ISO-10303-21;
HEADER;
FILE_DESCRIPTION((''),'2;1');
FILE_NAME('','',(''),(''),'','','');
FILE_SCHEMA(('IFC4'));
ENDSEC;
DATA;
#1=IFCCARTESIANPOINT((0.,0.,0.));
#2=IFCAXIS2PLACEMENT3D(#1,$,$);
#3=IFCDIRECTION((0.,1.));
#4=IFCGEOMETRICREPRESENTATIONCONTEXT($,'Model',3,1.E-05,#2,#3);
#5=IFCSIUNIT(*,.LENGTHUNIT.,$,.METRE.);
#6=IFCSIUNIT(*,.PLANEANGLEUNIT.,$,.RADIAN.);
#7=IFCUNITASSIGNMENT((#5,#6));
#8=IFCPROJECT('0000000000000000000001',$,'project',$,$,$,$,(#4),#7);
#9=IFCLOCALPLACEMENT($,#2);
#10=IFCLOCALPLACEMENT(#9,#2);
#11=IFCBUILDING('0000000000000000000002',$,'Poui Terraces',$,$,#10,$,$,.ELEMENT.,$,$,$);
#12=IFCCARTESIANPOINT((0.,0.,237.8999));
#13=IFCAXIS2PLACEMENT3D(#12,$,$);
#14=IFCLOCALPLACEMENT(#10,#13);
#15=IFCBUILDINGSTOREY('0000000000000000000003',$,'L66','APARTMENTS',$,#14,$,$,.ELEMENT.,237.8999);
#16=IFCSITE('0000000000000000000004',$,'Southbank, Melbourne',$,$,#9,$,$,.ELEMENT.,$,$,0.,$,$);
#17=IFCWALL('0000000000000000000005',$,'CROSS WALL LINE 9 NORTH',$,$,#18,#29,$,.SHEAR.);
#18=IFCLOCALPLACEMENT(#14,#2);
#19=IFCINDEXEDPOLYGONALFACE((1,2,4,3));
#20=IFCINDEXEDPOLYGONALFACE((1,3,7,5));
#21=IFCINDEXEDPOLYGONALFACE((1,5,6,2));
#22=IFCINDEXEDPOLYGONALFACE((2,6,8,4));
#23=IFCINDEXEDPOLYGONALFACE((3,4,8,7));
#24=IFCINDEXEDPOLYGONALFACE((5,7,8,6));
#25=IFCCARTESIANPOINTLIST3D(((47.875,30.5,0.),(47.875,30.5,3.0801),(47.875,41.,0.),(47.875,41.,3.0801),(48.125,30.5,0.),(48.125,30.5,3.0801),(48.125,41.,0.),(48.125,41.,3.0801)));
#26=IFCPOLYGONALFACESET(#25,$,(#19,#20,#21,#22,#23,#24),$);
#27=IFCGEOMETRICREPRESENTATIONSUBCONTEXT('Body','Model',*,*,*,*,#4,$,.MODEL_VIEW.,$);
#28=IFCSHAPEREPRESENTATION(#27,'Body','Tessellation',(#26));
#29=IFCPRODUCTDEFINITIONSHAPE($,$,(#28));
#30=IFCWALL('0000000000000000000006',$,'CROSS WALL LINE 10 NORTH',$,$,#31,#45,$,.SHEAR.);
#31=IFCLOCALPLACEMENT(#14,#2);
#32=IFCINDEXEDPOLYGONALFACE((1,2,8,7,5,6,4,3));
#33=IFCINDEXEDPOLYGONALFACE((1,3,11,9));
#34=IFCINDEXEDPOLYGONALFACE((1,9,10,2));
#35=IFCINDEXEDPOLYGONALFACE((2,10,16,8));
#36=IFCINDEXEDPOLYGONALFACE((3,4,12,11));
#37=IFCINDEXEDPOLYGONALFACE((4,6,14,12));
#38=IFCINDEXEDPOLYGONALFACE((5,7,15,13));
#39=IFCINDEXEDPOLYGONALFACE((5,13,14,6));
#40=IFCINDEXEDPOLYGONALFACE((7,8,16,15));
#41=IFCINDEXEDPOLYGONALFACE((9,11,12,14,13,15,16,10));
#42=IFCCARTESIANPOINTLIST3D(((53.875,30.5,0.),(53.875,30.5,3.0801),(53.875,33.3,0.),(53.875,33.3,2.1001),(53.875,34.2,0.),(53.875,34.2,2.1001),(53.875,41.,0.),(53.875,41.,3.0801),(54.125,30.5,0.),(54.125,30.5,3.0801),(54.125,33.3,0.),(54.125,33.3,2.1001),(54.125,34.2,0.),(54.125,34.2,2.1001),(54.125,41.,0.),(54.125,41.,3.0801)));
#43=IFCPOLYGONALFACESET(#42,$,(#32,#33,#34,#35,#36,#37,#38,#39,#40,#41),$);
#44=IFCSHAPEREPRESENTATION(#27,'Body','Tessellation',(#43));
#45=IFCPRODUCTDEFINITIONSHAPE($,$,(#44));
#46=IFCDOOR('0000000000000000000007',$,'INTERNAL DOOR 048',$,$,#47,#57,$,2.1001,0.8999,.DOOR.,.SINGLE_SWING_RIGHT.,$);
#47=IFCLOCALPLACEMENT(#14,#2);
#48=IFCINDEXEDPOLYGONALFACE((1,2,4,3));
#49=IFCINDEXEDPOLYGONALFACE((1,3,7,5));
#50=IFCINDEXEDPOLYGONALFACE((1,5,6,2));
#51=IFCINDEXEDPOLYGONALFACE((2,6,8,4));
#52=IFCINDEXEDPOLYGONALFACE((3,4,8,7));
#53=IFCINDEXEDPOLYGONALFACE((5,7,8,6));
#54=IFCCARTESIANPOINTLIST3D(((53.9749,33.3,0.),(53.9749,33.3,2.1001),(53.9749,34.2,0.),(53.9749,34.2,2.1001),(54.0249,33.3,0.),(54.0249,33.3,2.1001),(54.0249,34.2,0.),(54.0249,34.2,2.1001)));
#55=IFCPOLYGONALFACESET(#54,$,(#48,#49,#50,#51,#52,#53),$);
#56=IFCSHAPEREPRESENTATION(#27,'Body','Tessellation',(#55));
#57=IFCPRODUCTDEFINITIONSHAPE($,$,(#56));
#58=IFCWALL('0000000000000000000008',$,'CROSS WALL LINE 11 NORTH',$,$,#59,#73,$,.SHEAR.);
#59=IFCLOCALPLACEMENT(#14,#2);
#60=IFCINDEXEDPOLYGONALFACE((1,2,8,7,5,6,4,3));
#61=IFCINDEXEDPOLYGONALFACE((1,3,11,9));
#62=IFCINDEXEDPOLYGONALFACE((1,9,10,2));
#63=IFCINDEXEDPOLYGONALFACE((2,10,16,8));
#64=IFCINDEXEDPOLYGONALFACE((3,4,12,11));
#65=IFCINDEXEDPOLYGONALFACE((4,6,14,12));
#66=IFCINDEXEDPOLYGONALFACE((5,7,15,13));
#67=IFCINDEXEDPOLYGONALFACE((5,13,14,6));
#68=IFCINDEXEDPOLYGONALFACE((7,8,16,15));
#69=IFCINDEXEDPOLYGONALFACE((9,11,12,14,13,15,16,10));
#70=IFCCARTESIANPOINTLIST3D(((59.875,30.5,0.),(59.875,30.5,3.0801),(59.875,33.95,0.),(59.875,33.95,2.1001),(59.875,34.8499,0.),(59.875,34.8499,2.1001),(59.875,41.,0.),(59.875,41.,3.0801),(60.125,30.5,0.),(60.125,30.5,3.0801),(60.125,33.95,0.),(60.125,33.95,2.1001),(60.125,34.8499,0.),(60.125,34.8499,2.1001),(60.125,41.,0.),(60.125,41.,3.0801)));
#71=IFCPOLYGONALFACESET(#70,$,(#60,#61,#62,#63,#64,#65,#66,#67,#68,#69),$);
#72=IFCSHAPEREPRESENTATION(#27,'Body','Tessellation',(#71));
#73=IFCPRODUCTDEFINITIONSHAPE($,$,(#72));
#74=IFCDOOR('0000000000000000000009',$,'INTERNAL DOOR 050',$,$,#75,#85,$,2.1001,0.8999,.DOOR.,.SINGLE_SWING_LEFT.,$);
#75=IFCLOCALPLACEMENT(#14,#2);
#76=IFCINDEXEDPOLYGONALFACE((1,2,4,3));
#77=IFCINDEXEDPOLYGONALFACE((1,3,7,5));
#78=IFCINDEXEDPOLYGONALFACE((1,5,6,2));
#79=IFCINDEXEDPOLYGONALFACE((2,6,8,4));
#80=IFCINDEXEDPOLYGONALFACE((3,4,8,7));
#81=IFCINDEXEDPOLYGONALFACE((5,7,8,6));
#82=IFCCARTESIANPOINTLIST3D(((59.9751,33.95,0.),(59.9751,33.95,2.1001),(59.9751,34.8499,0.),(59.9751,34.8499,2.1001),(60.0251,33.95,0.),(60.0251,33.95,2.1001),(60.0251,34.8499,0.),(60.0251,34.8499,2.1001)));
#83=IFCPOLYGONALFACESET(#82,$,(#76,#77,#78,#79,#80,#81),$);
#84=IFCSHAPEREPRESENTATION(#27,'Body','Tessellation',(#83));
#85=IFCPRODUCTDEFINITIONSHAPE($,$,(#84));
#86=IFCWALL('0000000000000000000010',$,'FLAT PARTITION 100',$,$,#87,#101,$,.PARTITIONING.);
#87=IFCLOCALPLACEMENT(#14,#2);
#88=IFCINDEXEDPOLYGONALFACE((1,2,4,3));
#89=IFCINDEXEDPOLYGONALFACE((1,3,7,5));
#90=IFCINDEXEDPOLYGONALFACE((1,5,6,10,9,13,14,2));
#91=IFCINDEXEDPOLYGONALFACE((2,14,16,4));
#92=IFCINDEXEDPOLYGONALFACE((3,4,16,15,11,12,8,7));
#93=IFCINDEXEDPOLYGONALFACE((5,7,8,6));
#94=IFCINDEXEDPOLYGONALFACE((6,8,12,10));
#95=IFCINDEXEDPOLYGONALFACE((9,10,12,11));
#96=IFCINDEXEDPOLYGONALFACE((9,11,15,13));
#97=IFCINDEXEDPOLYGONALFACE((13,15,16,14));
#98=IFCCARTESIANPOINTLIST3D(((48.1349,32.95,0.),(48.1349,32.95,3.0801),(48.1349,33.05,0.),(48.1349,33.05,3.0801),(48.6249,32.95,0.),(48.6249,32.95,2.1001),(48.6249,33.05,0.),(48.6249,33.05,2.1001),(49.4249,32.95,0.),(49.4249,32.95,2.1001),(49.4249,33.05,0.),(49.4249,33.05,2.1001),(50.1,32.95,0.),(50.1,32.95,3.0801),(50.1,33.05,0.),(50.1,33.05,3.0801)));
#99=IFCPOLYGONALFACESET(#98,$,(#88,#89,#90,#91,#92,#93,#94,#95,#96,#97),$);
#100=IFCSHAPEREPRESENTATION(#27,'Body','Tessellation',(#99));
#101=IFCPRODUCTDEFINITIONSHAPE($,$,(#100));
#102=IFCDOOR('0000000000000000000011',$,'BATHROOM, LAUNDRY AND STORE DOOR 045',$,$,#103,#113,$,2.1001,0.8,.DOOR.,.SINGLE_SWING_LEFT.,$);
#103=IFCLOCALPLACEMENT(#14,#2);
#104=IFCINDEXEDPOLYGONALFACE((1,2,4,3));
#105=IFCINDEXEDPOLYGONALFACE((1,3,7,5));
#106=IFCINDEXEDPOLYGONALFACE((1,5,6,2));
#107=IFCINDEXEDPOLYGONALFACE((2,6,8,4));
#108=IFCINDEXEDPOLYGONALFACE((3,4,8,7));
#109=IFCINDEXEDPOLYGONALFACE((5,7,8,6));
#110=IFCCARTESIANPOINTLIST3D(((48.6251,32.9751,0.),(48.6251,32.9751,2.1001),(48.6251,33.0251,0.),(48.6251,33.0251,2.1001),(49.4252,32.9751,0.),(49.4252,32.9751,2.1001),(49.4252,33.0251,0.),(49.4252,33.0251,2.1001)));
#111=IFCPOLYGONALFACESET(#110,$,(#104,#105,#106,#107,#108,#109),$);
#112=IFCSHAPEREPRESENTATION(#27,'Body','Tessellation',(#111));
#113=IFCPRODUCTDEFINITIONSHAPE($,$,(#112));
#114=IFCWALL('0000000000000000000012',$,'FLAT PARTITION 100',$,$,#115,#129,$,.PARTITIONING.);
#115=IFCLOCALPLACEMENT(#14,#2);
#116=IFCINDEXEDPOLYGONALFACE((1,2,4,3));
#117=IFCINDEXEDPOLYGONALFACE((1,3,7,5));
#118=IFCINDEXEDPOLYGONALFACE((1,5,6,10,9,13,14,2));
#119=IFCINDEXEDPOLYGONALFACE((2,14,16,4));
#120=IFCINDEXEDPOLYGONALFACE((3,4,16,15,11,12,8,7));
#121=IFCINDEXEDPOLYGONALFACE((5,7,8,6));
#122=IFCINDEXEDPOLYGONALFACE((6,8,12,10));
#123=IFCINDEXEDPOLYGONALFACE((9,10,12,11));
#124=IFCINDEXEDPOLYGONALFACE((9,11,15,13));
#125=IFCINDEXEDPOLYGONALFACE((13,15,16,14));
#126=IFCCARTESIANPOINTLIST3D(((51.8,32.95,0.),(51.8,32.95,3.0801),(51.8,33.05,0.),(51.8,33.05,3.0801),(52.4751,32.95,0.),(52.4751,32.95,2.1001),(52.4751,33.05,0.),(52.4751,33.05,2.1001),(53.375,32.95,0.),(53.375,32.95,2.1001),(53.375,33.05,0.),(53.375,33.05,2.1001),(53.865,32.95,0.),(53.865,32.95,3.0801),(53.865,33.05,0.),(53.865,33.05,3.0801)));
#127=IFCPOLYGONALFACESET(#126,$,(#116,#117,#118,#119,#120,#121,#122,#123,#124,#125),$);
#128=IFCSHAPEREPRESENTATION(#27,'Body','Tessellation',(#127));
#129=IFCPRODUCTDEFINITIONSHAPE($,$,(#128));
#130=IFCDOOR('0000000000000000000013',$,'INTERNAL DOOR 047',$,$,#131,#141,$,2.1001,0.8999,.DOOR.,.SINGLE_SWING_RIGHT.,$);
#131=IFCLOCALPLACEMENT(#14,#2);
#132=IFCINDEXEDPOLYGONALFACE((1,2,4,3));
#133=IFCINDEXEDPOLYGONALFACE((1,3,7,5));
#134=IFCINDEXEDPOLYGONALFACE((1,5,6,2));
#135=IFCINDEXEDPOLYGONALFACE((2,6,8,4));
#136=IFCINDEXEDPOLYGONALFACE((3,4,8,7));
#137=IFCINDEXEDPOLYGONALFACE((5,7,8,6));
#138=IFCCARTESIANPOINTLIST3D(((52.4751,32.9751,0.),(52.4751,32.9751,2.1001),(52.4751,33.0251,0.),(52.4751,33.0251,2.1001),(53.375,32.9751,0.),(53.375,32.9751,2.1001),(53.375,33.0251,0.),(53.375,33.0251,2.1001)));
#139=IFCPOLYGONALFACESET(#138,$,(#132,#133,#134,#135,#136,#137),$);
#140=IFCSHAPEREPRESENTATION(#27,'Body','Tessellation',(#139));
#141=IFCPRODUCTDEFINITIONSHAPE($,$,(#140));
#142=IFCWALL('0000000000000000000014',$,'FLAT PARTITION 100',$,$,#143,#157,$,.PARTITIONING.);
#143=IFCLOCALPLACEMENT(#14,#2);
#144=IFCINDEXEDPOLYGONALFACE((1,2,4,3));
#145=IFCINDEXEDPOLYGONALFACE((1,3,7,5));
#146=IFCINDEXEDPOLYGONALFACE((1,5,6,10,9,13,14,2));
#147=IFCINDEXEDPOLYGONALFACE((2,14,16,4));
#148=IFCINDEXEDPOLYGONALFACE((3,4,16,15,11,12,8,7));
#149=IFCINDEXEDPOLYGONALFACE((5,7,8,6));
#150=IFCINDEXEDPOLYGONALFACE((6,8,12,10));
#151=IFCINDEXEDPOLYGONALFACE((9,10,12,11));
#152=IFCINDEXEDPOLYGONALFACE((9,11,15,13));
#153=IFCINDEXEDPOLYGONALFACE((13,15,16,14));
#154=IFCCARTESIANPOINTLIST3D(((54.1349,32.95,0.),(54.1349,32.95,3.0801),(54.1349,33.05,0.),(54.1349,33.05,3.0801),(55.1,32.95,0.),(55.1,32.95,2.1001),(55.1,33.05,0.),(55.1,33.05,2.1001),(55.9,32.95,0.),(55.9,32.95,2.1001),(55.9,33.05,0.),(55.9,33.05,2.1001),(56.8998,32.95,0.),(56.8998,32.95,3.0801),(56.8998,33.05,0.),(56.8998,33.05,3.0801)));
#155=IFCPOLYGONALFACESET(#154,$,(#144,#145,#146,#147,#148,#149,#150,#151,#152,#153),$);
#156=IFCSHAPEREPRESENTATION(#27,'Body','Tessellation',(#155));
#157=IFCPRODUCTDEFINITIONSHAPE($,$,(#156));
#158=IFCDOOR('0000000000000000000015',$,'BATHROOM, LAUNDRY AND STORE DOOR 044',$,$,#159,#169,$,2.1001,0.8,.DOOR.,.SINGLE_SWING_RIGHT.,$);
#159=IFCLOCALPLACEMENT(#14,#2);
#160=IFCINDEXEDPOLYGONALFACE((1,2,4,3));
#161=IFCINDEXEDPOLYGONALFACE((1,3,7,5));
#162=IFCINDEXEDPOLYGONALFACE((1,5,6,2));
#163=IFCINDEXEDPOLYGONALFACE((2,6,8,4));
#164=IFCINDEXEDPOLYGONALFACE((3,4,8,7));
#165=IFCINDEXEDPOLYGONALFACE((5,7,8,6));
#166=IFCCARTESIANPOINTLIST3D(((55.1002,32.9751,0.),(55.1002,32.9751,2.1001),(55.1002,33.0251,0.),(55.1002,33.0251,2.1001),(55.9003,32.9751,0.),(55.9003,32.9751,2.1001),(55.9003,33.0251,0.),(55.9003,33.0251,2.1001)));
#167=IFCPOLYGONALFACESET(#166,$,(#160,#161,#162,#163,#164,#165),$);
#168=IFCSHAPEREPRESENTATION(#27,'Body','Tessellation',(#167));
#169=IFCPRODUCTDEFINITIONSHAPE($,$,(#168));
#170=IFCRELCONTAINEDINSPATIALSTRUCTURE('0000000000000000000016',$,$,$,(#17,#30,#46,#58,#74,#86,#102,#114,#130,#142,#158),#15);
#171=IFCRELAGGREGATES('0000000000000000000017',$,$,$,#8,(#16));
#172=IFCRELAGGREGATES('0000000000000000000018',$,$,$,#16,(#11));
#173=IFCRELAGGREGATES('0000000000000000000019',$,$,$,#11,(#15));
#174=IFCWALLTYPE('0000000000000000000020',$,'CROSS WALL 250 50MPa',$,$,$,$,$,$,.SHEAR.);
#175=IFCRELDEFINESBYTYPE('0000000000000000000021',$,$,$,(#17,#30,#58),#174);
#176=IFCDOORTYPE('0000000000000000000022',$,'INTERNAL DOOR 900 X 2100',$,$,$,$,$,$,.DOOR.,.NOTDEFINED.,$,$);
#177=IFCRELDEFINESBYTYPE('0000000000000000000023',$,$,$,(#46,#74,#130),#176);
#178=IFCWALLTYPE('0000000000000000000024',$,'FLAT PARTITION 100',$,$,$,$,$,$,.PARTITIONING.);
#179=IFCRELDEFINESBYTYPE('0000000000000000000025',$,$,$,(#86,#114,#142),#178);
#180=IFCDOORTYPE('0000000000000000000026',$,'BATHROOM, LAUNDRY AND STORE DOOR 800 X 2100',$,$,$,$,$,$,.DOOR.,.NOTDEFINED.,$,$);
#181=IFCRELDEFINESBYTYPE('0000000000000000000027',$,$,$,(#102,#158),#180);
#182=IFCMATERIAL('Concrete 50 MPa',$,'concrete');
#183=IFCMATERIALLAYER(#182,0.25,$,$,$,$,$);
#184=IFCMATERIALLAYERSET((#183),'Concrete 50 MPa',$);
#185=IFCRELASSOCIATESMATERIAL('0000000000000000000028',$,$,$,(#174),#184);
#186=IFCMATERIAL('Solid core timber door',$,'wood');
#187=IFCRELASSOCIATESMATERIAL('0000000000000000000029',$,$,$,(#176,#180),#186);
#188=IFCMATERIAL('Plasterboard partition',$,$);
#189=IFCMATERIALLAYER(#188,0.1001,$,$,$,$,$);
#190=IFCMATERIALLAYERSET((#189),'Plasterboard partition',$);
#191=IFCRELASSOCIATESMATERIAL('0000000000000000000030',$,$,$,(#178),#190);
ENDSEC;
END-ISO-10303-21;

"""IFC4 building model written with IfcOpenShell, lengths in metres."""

from ifc_helpers import new_model, si_unit, direction, frame, frame_2d, origin, place, context, subcontext, project, spatial, rectangle, extrude, material, layer, layer_set, type_object, element, fill, save


model = new_model("IFC4")

# Units and contexts
model_context = context("Model", 3, precision=1e-05, world=origin(), true_north=direction((0.0, 1.0)))
body_context = subcontext(model_context, "Body", "Model", "MODEL_VIEW")
ifc_project = project(units=[si_unit("LENGTHUNIT", "METRE"), si_unit("PLANEANGLEUNIT", "RADIAN")], contexts=[model_context])

# Site, building, storey
site_placement = place(None, origin())
site = spatial("IfcSite", under=ifc_project, at=site_placement, Name="Southbank, Melbourne", CompositionType="ELEMENT", RefElevation=0.0)
building_placement = place(site_placement, origin())
building = spatial("IfcBuilding", under=site, at=building_placement, Name="Poui Terraces", CompositionType="ELEMENT")
storey_placement = place(building_placement, frame((0.0, 0.0, 237.8999)))
storey = spatial("IfcBuildingStorey", under=building, at=storey_placement, Name="L66", Description="APARTMENTS", CompositionType="ELEMENT", Elevation=237.8999)

# Wall
ifc_material_1 = material(Name="Concrete 50 MPa", Category="concrete")
ifc_layer_1 = layer(ifc_material_1, 0.25)
ifc_layer_set_1 = layer_set([ifc_layer_1], Name="Concrete 50 MPa")
wall_type_1 = type_object("IfcWallType", Name="CROSS WALL 250 50MPa", PredefinedType="SHEAR", material=ifc_layer_set_1)
wall_1_placement = place(storey_placement, frame((48.0, 30.5, 0.0), z_axis=(0.0, 0.0, 1.0), x_axis=(0.0, 1.0, 0.0)))
element("IfcWall", 1, at=wall_1_placement, inside=storey, type_object=wall_type_1, Name="CROSS WALL LINE 9 NORTH", PredefinedType="SHEAR", context=body_context, shape_type="SweptSolid", body=[
    extrude(rectangle(XDim=10.5, YDim=0.25, at=frame_2d((5.25, 0.0))), origin(), (0.0, 0.0, 1.0), 3.0801),
])

# Walls, openings, doors
wall_2_placement = place(storey_placement, frame((54.0, 30.5, 0.0), z_axis=(0.0, 0.0, 1.0), x_axis=(0.0, 1.0, 0.0)))
wall_2 = element("IfcWall", 2, at=wall_2_placement, inside=storey, type_object=wall_type_1, Name="CROSS WALL LINE 10 NORTH", PredefinedType="SHEAR", context=body_context, shape_type="SweptSolid", body=[
    extrude(rectangle(XDim=10.5, YDim=0.25, at=frame_2d((5.25, 0.0))), origin(), (0.0, 0.0, 1.0), 3.0801),
])
opening_1_placement = place(wall_2_placement, frame((2.8, 0.0, 0.0)))
opening_1 = element("IfcOpeningElement", 3, at=opening_1_placement, cuts=wall_2, PredefinedType="OPENING", context=body_context, shape_type="SweptSolid", body=[
    extrude(rectangle(XDim=0.8999, YDim=2.1001, at=frame_2d((0.45, 1.05))), frame((0.0, 0.135, 0.0), z_axis=(0.0, -1.0, 0.0), x_axis=(1.0, 0.0, 0.0)), (0.0, 0.0, 1.0), 0.27),
])
ifc_material_2 = material(Name="Solid core timber door", Category="wood")
door_type_1 = type_object("IfcDoorType", Name="INTERNAL DOOR 900 X 2100", OperationType="NOTDEFINED", PredefinedType="DOOR", material=ifc_material_2)
door_1_placement = place(opening_1_placement, frame((0.8999, 0.0, 0.0), z_axis=(0.0, 0.0, 1.0), x_axis=(-1.0, 0.0, 0.0)))
door_1 = element("IfcDoor", 4, at=door_1_placement, inside=storey, type_object=door_type_1, Name="INTERNAL DOOR 048", OperationType="SINGLE_SWING_RIGHT", OverallHeight=2.1001, OverallWidth=0.8999, PredefinedType="DOOR", context=body_context, shape_type="SweptSolid", body=[
    extrude(rectangle(XDim=0.8999, YDim=2.1001, at=frame_2d((0.45, 1.05))), frame((0.0, 0.0249, 0.0), z_axis=(0.0, -1.0, 0.0), x_axis=(1.0, 0.0, 0.0)), (0.0, 0.0, 1.0), 0.05),
])
fill(opening_1, door_1)
wall_3_placement = place(storey_placement, frame((60.0, 30.5, 0.0), z_axis=(0.0, 0.0, 1.0), x_axis=(0.0, 1.0, 0.0)))
wall_3 = element("IfcWall", 5, at=wall_3_placement, inside=storey, type_object=wall_type_1, Name="CROSS WALL LINE 11 NORTH", PredefinedType="SHEAR", context=body_context, shape_type="SweptSolid", body=[
    extrude(rectangle(XDim=10.5, YDim=0.25, at=frame_2d((5.25, 0.0))), origin(), (0.0, 0.0, 1.0), 3.0801),
])
opening_2_placement = place(wall_3_placement, frame((3.45, 0.0, 0.0)))
opening_2 = element("IfcOpeningElement", 6, at=opening_2_placement, cuts=wall_3, PredefinedType="OPENING", context=body_context, shape_type="SweptSolid", body=[
    extrude(rectangle(XDim=0.8999, YDim=2.1001, at=frame_2d((0.45, 1.05))), frame((0.0, 0.135, 0.0), z_axis=(0.0, -1.0, 0.0), x_axis=(1.0, 0.0, 0.0)), (0.0, 0.0, 1.0), 0.27),
])
door_2_placement = place(opening_2_placement, origin())
door_2 = element("IfcDoor", 7, at=door_2_placement, inside=storey, type_object=door_type_1, Name="INTERNAL DOOR 050", OperationType="SINGLE_SWING_LEFT", OverallHeight=2.1001, OverallWidth=0.8999, PredefinedType="DOOR", context=body_context, shape_type="SweptSolid", body=[
    extrude(rectangle(XDim=0.8999, YDim=2.1001, at=frame_2d((0.45, 1.05))), frame((0.0, 0.0249, 0.0), z_axis=(0.0, -1.0, 0.0), x_axis=(1.0, 0.0, 0.0)), (0.0, 0.0, 1.0), 0.05),
])
fill(opening_2, door_2)
ifc_material_3 = material(Name="Plasterboard partition")
ifc_layer_2 = layer(ifc_material_3, 0.1001)
ifc_layer_set_2 = layer_set([ifc_layer_2], Name="Plasterboard partition")
wall_type_2 = type_object("IfcWallType", Name="FLAT PARTITION 100", PredefinedType="PARTITIONING", material=ifc_layer_set_2)
wall_4_placement = place(storey_placement, frame((48.135, 33.0, 0.0), z_axis=(0.0, 0.0, 1.0), x_axis=(1.0, 0.0, 0.0)))
wall_4 = element("IfcWall", 8, at=wall_4_placement, inside=storey, type_object=wall_type_2, Name="FLAT PARTITION 100", PredefinedType="PARTITIONING", context=body_context, shape_type="SweptSolid", body=[
    extrude(rectangle(XDim=1.9651, YDim=0.1001, at=frame_2d((0.9824, 0.0))), origin(), (0.0, 0.0, 1.0), 3.0801),
])
opening_3_placement = place(wall_4_placement, frame((0.49, 0.0, 0.0)))
opening_3 = element("IfcOpeningElement", 9, at=opening_3_placement, cuts=wall_4, PredefinedType="OPENING", context=body_context, shape_type="SweptSolid", body=[
    extrude(rectangle(XDim=0.8, YDim=2.1001, at=frame_2d((0.3999, 1.05))), frame((0.0, 0.0601, 0.0), z_axis=(0.0, -1.0, 0.0), x_axis=(1.0, 0.0, 0.0)), (0.0, 0.0, 1.0), 0.1201),
])
door_type_2 = type_object("IfcDoorType", Name="BATHROOM, LAUNDRY AND STORE DOOR 800 X 2100", OperationType="NOTDEFINED", PredefinedType="DOOR", material=ifc_material_2)
door_3_placement = place(opening_3_placement, frame((0.8, 0.0, 0.0), z_axis=(0.0, 0.0, 1.0), x_axis=(-1.0, 0.0, 0.0)))
door_3 = element("IfcDoor", 10, at=door_3_placement, inside=storey, type_object=door_type_2, Name="BATHROOM, LAUNDRY AND STORE DOOR 045", OperationType="SINGLE_SWING_LEFT", OverallHeight=2.1001, OverallWidth=0.8, PredefinedType="DOOR", context=body_context, shape_type="SweptSolid", body=[
    extrude(rectangle(XDim=0.8, YDim=2.1001, at=frame_2d((0.3999, 1.05))), frame((0.0, 0.0249, 0.0), z_axis=(0.0, -1.0, 0.0), x_axis=(1.0, 0.0, 0.0)), (0.0, 0.0, 1.0), 0.05),
])
fill(opening_3, door_3)
wall_5_placement = place(storey_placement, frame((51.8, 33.0, 0.0), z_axis=(0.0, 0.0, 1.0), x_axis=(1.0, 0.0, 0.0)))
wall_5 = element("IfcWall", 11, at=wall_5_placement, inside=storey, type_object=wall_type_2, Name="FLAT PARTITION 100", PredefinedType="PARTITIONING", context=body_context, shape_type="SweptSolid", body=[
    extrude(rectangle(XDim=2.0649, YDim=0.1001, at=frame_2d((1.0325, 0.0))), origin(), (0.0, 0.0, 1.0), 3.0801),
])
opening_4_placement = place(wall_5_placement, frame((0.675, 0.0, 0.0)))
opening_4 = element("IfcOpeningElement", 12, at=opening_4_placement, cuts=wall_5, PredefinedType="OPENING", context=body_context, shape_type="SweptSolid", body=[
    extrude(rectangle(XDim=0.8999, YDim=2.1001, at=frame_2d((0.45, 1.05))), frame((0.0, 0.0601, 0.0), z_axis=(0.0, -1.0, 0.0), x_axis=(1.0, 0.0, 0.0)), (0.0, 0.0, 1.0), 0.1201),
])
door_4_placement = place(opening_4_placement, frame((0.8999, 0.0, 0.0), z_axis=(0.0, 0.0, 1.0), x_axis=(-1.0, 0.0, 0.0)))
door_4 = element("IfcDoor", 13, at=door_4_placement, inside=storey, type_object=door_type_1, Name="INTERNAL DOOR 047", OperationType="SINGLE_SWING_RIGHT", OverallHeight=2.1001, OverallWidth=0.8999, PredefinedType="DOOR", context=body_context, shape_type="SweptSolid", body=[
    extrude(rectangle(XDim=0.8999, YDim=2.1001, at=frame_2d((0.45, 1.05))), frame((0.0, 0.0249, 0.0), z_axis=(0.0, -1.0, 0.0), x_axis=(1.0, 0.0, 0.0)), (0.0, 0.0, 1.0), 0.05),
])
fill(opening_4, door_4)
wall_6_placement = place(storey_placement, frame((54.135, 33.0, 0.0), z_axis=(0.0, 0.0, 1.0), x_axis=(1.0, 0.0, 0.0)))
wall_6 = element("IfcWall", 14, at=wall_6_placement, inside=storey, type_object=wall_type_2, Name="FLAT PARTITION 100", PredefinedType="PARTITIONING", context=body_context, shape_type="SweptSolid", body=[
    extrude(rectangle(XDim=2.7649, YDim=0.1001, at=frame_2d((1.3823, 0.0))), origin(), (0.0, 0.0, 1.0), 3.0801),
])
opening_5_placement = place(wall_6_placement, frame((0.9651, 0.0, 0.0)))
opening_5 = element("IfcOpeningElement", 15, at=opening_5_placement, cuts=wall_6, PredefinedType="OPENING", context=body_context, shape_type="SweptSolid", body=[
    extrude(rectangle(XDim=0.8, YDim=2.1001, at=frame_2d((0.3999, 1.05))), frame((0.0, 0.0601, 0.0), z_axis=(0.0, -1.0, 0.0), x_axis=(1.0, 0.0, 0.0)), (0.0, 0.0, 1.0), 0.1201),
])
door_5_placement = place(opening_5_placement, frame((0.8, 0.0, 0.0), z_axis=(0.0, 0.0, 1.0), x_axis=(-1.0, 0.0, 0.0)))
door_5 = element("IfcDoor", 16, at=door_5_placement, inside=storey, type_object=door_type_2, Name="BATHROOM, LAUNDRY AND STORE DOOR 044", OperationType="SINGLE_SWING_RIGHT", OverallHeight=2.1001, OverallWidth=0.8, PredefinedType="DOOR", context=body_context, shape_type="SweptSolid", body=[
    extrude(rectangle(XDim=0.8, YDim=2.1001, at=frame_2d((0.3999, 1.05))), frame((0.0, 0.0249, 0.0), z_axis=(0.0, -1.0, 0.0), x_axis=(1.0, 0.0, 0.0)), (0.0, 0.0, 1.0), 0.05),
])
fill(opening_5, door_5)

save(model, "model.ifc")
